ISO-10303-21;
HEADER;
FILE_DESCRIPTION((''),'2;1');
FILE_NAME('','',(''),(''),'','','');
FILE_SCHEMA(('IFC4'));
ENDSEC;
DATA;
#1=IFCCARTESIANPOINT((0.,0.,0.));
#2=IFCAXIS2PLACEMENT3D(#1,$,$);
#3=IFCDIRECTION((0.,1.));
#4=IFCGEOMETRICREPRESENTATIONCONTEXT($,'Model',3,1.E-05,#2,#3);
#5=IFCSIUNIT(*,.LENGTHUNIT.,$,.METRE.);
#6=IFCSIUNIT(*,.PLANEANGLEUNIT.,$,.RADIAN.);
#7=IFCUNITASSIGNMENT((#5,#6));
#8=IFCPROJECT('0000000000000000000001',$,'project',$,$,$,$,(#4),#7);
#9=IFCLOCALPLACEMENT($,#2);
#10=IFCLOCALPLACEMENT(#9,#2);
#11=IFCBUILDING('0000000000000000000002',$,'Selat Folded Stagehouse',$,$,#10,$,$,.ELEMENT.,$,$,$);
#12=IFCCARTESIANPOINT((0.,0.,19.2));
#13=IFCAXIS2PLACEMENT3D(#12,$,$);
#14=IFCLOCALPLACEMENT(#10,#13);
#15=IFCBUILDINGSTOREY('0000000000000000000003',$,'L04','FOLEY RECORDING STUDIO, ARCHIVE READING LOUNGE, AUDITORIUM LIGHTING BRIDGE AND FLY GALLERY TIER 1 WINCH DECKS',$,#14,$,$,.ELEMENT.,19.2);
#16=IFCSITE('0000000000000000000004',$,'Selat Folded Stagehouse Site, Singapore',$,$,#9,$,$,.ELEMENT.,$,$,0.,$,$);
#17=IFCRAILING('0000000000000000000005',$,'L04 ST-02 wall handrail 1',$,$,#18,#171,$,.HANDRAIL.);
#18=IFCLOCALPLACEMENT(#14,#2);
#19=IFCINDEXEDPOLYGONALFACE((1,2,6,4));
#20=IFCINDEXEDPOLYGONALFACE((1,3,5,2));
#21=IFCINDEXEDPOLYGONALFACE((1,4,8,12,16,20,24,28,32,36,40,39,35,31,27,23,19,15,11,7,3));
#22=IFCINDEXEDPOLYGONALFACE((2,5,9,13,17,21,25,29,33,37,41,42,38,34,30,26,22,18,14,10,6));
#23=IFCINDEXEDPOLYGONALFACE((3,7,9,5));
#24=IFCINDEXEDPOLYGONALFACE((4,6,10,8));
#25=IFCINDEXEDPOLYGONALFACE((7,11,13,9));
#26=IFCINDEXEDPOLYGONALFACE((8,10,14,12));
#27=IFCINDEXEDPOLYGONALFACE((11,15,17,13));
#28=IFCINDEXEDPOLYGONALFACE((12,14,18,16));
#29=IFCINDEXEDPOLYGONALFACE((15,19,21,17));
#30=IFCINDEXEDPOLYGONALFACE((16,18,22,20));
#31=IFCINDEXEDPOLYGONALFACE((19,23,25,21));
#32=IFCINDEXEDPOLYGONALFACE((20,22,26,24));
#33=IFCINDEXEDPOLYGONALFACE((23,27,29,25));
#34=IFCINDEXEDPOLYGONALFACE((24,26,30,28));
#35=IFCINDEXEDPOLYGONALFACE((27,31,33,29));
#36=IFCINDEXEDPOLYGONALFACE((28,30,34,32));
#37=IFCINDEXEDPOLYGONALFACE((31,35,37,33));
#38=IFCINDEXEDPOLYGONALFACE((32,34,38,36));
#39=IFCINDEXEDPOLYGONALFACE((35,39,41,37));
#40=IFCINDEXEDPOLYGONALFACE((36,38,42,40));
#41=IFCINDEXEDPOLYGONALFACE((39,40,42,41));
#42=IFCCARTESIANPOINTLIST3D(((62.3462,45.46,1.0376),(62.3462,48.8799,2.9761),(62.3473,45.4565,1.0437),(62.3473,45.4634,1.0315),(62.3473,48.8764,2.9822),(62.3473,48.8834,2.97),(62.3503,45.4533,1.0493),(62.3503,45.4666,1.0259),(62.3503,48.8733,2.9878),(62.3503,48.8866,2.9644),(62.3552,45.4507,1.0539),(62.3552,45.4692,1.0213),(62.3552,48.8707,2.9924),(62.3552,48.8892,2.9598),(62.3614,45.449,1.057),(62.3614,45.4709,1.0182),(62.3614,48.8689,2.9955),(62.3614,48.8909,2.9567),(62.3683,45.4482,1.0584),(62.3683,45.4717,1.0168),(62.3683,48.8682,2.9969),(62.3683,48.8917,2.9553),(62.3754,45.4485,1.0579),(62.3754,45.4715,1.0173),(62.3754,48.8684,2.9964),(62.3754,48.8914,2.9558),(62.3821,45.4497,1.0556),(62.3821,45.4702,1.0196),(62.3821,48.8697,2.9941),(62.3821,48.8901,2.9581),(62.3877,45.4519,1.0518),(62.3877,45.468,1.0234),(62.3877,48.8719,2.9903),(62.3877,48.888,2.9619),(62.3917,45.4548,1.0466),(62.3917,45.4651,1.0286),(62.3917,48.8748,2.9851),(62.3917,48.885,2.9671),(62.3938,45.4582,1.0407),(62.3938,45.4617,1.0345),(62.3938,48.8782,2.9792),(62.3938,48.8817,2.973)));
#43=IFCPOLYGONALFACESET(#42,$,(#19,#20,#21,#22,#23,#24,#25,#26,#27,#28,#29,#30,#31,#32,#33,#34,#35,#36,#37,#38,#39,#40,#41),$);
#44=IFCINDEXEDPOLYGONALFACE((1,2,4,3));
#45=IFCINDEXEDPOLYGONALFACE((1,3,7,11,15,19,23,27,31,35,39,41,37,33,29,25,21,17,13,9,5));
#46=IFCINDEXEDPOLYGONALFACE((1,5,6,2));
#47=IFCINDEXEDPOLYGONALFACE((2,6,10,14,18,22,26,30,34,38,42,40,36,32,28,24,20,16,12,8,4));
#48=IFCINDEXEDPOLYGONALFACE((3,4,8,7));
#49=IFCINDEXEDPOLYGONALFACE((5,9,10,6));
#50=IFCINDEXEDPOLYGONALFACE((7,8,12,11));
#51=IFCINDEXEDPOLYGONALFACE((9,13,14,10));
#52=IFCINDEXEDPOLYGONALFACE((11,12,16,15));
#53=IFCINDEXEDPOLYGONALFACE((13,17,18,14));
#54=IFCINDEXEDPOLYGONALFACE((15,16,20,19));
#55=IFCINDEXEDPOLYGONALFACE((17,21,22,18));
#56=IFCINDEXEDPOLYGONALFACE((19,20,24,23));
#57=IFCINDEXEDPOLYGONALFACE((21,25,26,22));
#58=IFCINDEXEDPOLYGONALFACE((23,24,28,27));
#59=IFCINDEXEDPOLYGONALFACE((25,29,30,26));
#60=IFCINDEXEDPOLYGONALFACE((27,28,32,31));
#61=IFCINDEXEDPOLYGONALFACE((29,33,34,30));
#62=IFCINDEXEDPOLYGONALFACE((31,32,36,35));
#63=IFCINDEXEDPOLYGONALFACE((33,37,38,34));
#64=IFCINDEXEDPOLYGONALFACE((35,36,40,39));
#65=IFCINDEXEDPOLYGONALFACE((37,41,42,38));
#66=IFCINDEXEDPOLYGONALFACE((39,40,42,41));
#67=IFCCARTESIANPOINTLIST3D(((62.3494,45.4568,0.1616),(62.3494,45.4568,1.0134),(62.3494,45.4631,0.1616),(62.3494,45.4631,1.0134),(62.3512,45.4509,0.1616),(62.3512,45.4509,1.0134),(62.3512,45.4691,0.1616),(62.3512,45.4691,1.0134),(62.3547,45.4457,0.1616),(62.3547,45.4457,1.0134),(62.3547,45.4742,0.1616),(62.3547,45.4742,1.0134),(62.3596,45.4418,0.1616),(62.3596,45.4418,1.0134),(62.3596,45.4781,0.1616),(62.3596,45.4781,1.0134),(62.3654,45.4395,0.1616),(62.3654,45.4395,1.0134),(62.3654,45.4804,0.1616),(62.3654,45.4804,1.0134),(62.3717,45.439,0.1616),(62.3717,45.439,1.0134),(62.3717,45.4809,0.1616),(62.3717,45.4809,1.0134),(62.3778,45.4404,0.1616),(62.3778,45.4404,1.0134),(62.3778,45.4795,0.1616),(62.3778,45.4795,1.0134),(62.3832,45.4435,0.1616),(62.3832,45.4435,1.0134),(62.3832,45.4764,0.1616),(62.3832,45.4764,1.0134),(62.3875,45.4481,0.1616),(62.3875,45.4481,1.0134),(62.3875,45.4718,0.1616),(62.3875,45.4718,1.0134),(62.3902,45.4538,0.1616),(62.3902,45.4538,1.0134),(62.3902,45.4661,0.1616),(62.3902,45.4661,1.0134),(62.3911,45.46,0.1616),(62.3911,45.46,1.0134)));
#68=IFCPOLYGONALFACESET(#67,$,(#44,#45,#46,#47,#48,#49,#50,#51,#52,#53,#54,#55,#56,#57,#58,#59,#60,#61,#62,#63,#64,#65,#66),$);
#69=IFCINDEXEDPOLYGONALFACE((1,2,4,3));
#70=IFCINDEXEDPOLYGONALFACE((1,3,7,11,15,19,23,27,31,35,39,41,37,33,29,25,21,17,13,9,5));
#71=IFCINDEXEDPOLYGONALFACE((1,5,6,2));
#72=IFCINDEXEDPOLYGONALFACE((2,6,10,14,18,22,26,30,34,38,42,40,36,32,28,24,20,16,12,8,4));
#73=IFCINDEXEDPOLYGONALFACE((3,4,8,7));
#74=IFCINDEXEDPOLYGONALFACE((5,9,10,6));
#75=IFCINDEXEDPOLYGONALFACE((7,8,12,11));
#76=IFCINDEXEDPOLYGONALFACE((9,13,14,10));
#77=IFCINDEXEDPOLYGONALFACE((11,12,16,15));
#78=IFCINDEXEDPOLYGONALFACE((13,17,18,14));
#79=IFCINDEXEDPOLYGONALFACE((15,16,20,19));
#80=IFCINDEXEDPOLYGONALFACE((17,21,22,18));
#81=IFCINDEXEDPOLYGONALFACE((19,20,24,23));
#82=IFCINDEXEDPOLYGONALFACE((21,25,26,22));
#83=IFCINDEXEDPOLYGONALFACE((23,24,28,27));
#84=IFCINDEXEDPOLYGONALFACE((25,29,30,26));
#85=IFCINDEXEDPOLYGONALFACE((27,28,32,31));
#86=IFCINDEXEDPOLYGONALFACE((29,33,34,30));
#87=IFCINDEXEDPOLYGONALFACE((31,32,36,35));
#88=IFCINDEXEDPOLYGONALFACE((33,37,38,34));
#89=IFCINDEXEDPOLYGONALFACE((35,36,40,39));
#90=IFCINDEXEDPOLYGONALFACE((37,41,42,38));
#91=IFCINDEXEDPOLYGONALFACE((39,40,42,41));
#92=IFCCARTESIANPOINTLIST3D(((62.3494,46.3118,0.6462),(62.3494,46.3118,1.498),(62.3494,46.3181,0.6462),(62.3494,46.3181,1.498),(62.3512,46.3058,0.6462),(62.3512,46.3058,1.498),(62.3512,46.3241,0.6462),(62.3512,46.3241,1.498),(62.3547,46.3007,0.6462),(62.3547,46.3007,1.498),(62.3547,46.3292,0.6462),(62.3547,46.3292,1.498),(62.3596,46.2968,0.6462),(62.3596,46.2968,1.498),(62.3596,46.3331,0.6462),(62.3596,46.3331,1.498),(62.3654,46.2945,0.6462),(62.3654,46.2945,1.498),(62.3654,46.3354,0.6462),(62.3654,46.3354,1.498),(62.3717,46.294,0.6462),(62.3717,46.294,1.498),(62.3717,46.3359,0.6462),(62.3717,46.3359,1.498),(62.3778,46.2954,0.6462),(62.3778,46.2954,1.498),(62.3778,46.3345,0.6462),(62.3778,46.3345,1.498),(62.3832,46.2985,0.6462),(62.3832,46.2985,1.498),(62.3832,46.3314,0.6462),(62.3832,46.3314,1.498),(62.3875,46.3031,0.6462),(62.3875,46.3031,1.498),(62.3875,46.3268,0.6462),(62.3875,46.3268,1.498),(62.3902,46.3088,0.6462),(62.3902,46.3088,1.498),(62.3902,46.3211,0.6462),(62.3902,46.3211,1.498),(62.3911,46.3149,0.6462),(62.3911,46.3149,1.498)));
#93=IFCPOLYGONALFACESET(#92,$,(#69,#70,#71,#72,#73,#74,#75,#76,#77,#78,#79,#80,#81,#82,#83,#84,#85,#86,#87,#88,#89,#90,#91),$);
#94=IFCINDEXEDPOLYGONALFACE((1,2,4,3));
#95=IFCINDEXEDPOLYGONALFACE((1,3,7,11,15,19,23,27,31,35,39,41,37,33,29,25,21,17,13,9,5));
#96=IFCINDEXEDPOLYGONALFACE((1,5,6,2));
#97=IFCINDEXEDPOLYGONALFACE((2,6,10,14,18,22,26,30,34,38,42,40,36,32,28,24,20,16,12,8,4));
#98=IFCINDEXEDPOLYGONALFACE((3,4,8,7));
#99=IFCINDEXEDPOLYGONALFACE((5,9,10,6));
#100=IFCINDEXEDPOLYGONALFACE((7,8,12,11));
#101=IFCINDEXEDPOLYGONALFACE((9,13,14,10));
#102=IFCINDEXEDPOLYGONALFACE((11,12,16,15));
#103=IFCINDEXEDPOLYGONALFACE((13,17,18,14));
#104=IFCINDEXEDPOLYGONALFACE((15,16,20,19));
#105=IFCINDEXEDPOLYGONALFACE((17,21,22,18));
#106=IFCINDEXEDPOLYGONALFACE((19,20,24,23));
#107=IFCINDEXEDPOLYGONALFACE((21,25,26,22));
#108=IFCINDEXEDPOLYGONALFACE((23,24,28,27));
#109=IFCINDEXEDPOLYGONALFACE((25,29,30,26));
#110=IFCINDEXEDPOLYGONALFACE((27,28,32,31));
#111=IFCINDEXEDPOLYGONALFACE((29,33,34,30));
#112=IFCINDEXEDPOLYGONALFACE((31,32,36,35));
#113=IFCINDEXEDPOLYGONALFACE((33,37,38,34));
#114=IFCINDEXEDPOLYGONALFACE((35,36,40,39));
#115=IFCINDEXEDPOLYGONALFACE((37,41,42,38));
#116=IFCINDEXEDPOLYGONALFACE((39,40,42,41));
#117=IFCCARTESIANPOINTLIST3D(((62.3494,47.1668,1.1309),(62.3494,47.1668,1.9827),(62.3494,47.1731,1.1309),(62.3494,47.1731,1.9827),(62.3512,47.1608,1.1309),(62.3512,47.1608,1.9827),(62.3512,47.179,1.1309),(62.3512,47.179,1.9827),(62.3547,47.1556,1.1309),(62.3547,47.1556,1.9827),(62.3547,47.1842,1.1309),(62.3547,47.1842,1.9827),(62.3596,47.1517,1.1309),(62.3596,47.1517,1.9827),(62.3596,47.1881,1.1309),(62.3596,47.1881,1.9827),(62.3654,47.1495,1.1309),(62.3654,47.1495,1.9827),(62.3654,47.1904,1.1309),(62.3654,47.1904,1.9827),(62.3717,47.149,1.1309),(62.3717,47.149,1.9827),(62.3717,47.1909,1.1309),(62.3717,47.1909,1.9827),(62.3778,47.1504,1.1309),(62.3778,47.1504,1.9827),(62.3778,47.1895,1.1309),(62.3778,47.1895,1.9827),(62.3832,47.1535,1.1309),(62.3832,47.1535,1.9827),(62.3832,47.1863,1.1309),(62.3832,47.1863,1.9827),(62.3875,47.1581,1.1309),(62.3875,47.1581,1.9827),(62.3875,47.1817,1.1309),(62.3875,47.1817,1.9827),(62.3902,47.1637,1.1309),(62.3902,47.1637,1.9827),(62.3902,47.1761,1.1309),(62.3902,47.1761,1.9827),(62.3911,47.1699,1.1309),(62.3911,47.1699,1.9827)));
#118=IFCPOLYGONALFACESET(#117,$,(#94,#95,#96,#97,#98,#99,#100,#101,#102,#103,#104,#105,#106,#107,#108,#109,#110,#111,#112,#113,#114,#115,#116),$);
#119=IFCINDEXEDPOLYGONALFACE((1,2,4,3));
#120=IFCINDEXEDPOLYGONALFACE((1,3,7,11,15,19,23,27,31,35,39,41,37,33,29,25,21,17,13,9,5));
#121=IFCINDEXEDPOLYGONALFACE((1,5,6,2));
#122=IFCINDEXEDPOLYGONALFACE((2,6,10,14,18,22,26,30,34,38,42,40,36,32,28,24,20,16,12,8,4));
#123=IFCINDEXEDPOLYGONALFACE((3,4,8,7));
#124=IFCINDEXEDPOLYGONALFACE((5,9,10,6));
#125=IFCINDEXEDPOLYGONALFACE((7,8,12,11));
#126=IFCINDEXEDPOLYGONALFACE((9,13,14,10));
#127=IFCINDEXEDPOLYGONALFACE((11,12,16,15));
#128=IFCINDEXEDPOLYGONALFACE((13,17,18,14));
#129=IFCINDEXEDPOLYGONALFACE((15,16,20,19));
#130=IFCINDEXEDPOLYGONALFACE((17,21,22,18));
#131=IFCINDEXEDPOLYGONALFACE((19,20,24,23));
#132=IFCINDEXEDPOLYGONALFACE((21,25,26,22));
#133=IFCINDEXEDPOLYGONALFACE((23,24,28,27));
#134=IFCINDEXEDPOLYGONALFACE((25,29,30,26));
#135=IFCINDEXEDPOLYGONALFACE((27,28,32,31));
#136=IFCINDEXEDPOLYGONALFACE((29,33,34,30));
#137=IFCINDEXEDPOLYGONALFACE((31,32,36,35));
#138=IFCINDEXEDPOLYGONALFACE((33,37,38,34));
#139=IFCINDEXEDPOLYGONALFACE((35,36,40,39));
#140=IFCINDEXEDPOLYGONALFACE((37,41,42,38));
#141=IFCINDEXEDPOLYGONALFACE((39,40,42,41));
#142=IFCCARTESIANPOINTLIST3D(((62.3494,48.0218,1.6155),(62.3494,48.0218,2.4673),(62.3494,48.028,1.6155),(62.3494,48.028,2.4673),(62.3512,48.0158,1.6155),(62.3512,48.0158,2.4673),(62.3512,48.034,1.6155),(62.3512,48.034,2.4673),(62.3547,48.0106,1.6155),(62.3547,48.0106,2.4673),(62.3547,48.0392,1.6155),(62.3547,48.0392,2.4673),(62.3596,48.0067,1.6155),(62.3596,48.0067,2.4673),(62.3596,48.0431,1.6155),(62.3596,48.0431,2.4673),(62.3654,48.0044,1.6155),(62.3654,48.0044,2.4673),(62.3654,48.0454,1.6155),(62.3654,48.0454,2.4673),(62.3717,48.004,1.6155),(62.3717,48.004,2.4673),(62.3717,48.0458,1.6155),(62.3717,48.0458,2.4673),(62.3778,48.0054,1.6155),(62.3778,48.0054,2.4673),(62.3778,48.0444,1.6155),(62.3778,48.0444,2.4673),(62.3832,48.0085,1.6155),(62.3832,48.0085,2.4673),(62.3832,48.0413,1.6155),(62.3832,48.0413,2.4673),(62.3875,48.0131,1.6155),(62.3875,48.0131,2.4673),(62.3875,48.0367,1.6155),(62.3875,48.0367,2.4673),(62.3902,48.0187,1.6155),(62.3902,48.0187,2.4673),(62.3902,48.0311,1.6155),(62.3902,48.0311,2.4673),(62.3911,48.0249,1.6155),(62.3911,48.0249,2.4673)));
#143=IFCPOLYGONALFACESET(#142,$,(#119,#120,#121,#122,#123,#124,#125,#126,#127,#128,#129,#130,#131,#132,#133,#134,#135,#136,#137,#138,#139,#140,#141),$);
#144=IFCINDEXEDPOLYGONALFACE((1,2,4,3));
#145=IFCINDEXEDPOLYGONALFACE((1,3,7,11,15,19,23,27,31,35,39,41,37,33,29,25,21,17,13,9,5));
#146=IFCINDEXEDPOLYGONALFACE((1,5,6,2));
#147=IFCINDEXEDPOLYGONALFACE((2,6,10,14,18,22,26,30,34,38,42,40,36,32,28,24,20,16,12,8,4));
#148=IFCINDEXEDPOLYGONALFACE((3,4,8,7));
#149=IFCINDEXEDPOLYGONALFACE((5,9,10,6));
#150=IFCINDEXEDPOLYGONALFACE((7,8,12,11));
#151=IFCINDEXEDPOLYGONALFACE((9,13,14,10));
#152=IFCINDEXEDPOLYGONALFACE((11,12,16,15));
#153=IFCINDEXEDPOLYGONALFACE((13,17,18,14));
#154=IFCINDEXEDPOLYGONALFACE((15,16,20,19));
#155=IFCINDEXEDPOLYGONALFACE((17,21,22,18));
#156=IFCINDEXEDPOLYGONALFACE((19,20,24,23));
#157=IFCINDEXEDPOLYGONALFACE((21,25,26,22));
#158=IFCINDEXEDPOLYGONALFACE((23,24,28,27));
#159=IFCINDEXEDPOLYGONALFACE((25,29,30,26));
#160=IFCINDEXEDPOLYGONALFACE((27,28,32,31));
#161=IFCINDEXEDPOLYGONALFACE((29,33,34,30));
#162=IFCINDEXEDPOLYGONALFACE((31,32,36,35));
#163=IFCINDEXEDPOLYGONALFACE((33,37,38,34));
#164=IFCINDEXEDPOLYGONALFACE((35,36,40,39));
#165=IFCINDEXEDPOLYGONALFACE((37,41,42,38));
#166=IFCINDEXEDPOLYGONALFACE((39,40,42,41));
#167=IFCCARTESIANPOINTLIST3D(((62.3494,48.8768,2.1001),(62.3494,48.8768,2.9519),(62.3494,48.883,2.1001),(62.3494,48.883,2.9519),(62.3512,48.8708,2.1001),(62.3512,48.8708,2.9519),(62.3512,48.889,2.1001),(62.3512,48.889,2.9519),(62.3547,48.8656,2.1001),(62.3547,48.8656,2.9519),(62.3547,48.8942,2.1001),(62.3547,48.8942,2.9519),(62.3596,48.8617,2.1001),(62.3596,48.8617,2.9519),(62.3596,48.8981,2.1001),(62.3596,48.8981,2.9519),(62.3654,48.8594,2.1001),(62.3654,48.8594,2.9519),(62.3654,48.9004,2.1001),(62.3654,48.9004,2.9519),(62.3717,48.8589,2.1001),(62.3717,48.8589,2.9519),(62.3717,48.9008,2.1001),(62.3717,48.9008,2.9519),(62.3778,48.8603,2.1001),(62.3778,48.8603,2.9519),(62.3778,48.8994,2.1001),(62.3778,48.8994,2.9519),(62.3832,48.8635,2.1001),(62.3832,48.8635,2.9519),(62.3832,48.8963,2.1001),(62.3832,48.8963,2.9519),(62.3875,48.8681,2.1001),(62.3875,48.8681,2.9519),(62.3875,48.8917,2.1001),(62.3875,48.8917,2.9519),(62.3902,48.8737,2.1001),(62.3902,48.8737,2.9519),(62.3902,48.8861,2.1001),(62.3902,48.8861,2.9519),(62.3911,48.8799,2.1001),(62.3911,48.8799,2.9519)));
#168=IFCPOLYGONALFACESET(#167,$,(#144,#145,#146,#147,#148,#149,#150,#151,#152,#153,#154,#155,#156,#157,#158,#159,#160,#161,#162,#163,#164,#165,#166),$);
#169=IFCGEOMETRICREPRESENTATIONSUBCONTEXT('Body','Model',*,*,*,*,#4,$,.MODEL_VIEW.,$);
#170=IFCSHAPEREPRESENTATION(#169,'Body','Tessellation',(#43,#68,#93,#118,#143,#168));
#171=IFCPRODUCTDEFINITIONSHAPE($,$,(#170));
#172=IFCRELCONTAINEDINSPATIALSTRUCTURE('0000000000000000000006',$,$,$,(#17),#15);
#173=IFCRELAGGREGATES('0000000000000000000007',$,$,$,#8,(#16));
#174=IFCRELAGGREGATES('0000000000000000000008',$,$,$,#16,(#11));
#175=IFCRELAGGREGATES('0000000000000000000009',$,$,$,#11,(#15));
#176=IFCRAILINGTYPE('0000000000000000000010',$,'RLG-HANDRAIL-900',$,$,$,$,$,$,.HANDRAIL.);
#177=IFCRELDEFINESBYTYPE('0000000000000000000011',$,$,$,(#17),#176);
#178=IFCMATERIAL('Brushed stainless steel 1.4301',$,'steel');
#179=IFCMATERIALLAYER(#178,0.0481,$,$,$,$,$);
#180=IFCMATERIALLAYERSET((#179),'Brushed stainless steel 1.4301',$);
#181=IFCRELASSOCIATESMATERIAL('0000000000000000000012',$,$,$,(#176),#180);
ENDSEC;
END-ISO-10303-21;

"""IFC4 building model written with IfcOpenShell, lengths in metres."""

from ifc_helpers import new_model, si_unit, direction, frame, origin, origin_2d, place, context, subcontext, project, spatial, circle, extrude, material, layer, layer_set, type_object, element, save


model = new_model("IFC4")

# Units and contexts
model_context = context("Model", 3, precision=1e-05, world=origin(), true_north=direction((0.0, 1.0)))
body_context = subcontext(model_context, "Body", "Model", "MODEL_VIEW")
ifc_project = project(units=[si_unit("LENGTHUNIT", "METRE"), si_unit("PLANEANGLEUNIT", "RADIAN")], contexts=[model_context])

# Site, building, storey
site_placement = place(None, origin())
site = spatial("IfcSite", under=ifc_project, at=site_placement, Name="Selat Folded Stagehouse Site, Singapore", CompositionType="ELEMENT", RefElevation=0.0)
building_placement = place(site_placement, origin())
building = spatial("IfcBuilding", under=site, at=building_placement, Name="Selat Folded Stagehouse", CompositionType="ELEMENT")
storey_placement = place(building_placement, frame((0.0, 0.0, 19.2)))
storey = spatial("IfcBuildingStorey", under=building, at=storey_placement, Name="L04", Description="FOLEY RECORDING STUDIO, ARCHIVE READING LOUNGE, AUDITORIUM LIGHTING BRIDGE AND FLY GALLERY TIER 1 WINCH DECKS", CompositionType="ELEMENT", Elevation=19.2)

# Railing
ifc_material_1 = material(Name="Brushed stainless steel 1.4301", Category="steel")
ifc_layer_1 = layer(ifc_material_1, 0.0481)
ifc_layer_set_1 = layer_set([ifc_layer_1], Name="Brushed stainless steel 1.4301")
railing_type_1 = type_object("IfcRailingType", Name="RLG-HANDRAIL-900", PredefinedType="HANDRAIL", material=ifc_layer_set_1)
railing_1_placement = place(storey_placement, frame((62.3701, 45.46, 0.1616)))
element("IfcRailing", 1, at=railing_1_placement, inside=storey, type_object=railing_type_1, Name="L04 ST-02 wall handrail 1", PredefinedType="HANDRAIL", context=body_context, shape_type="SweptSolid", body=[
    extrude(circle(Radius=0.0239, at=origin_2d()), frame((0.0, 0.0, 0.876), z_axis=(0.0, 0.869965, 0.493113), x_axis=(-1.0, 0.0, 0.0)), (0.0, 0.0, 1.0), 3.9312),
    extrude(circle(Radius=0.021, at=origin_2d()), origin(), (0.0, 0.0, 1.0), 0.8518),
    extrude(circle(Radius=0.021, at=origin_2d()), frame((0.0, 0.855, 0.4846)), (0.0, 0.0, 1.0), 0.8518),
    extrude(circle(Radius=0.021, at=origin_2d()), frame((0.0, 1.71, 0.9692)), (0.0, 0.0, 1.0), 0.8518),
    extrude(circle(Radius=0.021, at=origin_2d()), frame((0.0, 2.5649, 1.4539)), (0.0, 0.0, 1.0), 0.8518),
    extrude(circle(Radius=0.021, at=origin_2d()), frame((0.0, 3.4199, 1.9385)), (0.0, 0.0, 1.0), 0.8518),
])

save(model, "model.ifc")
